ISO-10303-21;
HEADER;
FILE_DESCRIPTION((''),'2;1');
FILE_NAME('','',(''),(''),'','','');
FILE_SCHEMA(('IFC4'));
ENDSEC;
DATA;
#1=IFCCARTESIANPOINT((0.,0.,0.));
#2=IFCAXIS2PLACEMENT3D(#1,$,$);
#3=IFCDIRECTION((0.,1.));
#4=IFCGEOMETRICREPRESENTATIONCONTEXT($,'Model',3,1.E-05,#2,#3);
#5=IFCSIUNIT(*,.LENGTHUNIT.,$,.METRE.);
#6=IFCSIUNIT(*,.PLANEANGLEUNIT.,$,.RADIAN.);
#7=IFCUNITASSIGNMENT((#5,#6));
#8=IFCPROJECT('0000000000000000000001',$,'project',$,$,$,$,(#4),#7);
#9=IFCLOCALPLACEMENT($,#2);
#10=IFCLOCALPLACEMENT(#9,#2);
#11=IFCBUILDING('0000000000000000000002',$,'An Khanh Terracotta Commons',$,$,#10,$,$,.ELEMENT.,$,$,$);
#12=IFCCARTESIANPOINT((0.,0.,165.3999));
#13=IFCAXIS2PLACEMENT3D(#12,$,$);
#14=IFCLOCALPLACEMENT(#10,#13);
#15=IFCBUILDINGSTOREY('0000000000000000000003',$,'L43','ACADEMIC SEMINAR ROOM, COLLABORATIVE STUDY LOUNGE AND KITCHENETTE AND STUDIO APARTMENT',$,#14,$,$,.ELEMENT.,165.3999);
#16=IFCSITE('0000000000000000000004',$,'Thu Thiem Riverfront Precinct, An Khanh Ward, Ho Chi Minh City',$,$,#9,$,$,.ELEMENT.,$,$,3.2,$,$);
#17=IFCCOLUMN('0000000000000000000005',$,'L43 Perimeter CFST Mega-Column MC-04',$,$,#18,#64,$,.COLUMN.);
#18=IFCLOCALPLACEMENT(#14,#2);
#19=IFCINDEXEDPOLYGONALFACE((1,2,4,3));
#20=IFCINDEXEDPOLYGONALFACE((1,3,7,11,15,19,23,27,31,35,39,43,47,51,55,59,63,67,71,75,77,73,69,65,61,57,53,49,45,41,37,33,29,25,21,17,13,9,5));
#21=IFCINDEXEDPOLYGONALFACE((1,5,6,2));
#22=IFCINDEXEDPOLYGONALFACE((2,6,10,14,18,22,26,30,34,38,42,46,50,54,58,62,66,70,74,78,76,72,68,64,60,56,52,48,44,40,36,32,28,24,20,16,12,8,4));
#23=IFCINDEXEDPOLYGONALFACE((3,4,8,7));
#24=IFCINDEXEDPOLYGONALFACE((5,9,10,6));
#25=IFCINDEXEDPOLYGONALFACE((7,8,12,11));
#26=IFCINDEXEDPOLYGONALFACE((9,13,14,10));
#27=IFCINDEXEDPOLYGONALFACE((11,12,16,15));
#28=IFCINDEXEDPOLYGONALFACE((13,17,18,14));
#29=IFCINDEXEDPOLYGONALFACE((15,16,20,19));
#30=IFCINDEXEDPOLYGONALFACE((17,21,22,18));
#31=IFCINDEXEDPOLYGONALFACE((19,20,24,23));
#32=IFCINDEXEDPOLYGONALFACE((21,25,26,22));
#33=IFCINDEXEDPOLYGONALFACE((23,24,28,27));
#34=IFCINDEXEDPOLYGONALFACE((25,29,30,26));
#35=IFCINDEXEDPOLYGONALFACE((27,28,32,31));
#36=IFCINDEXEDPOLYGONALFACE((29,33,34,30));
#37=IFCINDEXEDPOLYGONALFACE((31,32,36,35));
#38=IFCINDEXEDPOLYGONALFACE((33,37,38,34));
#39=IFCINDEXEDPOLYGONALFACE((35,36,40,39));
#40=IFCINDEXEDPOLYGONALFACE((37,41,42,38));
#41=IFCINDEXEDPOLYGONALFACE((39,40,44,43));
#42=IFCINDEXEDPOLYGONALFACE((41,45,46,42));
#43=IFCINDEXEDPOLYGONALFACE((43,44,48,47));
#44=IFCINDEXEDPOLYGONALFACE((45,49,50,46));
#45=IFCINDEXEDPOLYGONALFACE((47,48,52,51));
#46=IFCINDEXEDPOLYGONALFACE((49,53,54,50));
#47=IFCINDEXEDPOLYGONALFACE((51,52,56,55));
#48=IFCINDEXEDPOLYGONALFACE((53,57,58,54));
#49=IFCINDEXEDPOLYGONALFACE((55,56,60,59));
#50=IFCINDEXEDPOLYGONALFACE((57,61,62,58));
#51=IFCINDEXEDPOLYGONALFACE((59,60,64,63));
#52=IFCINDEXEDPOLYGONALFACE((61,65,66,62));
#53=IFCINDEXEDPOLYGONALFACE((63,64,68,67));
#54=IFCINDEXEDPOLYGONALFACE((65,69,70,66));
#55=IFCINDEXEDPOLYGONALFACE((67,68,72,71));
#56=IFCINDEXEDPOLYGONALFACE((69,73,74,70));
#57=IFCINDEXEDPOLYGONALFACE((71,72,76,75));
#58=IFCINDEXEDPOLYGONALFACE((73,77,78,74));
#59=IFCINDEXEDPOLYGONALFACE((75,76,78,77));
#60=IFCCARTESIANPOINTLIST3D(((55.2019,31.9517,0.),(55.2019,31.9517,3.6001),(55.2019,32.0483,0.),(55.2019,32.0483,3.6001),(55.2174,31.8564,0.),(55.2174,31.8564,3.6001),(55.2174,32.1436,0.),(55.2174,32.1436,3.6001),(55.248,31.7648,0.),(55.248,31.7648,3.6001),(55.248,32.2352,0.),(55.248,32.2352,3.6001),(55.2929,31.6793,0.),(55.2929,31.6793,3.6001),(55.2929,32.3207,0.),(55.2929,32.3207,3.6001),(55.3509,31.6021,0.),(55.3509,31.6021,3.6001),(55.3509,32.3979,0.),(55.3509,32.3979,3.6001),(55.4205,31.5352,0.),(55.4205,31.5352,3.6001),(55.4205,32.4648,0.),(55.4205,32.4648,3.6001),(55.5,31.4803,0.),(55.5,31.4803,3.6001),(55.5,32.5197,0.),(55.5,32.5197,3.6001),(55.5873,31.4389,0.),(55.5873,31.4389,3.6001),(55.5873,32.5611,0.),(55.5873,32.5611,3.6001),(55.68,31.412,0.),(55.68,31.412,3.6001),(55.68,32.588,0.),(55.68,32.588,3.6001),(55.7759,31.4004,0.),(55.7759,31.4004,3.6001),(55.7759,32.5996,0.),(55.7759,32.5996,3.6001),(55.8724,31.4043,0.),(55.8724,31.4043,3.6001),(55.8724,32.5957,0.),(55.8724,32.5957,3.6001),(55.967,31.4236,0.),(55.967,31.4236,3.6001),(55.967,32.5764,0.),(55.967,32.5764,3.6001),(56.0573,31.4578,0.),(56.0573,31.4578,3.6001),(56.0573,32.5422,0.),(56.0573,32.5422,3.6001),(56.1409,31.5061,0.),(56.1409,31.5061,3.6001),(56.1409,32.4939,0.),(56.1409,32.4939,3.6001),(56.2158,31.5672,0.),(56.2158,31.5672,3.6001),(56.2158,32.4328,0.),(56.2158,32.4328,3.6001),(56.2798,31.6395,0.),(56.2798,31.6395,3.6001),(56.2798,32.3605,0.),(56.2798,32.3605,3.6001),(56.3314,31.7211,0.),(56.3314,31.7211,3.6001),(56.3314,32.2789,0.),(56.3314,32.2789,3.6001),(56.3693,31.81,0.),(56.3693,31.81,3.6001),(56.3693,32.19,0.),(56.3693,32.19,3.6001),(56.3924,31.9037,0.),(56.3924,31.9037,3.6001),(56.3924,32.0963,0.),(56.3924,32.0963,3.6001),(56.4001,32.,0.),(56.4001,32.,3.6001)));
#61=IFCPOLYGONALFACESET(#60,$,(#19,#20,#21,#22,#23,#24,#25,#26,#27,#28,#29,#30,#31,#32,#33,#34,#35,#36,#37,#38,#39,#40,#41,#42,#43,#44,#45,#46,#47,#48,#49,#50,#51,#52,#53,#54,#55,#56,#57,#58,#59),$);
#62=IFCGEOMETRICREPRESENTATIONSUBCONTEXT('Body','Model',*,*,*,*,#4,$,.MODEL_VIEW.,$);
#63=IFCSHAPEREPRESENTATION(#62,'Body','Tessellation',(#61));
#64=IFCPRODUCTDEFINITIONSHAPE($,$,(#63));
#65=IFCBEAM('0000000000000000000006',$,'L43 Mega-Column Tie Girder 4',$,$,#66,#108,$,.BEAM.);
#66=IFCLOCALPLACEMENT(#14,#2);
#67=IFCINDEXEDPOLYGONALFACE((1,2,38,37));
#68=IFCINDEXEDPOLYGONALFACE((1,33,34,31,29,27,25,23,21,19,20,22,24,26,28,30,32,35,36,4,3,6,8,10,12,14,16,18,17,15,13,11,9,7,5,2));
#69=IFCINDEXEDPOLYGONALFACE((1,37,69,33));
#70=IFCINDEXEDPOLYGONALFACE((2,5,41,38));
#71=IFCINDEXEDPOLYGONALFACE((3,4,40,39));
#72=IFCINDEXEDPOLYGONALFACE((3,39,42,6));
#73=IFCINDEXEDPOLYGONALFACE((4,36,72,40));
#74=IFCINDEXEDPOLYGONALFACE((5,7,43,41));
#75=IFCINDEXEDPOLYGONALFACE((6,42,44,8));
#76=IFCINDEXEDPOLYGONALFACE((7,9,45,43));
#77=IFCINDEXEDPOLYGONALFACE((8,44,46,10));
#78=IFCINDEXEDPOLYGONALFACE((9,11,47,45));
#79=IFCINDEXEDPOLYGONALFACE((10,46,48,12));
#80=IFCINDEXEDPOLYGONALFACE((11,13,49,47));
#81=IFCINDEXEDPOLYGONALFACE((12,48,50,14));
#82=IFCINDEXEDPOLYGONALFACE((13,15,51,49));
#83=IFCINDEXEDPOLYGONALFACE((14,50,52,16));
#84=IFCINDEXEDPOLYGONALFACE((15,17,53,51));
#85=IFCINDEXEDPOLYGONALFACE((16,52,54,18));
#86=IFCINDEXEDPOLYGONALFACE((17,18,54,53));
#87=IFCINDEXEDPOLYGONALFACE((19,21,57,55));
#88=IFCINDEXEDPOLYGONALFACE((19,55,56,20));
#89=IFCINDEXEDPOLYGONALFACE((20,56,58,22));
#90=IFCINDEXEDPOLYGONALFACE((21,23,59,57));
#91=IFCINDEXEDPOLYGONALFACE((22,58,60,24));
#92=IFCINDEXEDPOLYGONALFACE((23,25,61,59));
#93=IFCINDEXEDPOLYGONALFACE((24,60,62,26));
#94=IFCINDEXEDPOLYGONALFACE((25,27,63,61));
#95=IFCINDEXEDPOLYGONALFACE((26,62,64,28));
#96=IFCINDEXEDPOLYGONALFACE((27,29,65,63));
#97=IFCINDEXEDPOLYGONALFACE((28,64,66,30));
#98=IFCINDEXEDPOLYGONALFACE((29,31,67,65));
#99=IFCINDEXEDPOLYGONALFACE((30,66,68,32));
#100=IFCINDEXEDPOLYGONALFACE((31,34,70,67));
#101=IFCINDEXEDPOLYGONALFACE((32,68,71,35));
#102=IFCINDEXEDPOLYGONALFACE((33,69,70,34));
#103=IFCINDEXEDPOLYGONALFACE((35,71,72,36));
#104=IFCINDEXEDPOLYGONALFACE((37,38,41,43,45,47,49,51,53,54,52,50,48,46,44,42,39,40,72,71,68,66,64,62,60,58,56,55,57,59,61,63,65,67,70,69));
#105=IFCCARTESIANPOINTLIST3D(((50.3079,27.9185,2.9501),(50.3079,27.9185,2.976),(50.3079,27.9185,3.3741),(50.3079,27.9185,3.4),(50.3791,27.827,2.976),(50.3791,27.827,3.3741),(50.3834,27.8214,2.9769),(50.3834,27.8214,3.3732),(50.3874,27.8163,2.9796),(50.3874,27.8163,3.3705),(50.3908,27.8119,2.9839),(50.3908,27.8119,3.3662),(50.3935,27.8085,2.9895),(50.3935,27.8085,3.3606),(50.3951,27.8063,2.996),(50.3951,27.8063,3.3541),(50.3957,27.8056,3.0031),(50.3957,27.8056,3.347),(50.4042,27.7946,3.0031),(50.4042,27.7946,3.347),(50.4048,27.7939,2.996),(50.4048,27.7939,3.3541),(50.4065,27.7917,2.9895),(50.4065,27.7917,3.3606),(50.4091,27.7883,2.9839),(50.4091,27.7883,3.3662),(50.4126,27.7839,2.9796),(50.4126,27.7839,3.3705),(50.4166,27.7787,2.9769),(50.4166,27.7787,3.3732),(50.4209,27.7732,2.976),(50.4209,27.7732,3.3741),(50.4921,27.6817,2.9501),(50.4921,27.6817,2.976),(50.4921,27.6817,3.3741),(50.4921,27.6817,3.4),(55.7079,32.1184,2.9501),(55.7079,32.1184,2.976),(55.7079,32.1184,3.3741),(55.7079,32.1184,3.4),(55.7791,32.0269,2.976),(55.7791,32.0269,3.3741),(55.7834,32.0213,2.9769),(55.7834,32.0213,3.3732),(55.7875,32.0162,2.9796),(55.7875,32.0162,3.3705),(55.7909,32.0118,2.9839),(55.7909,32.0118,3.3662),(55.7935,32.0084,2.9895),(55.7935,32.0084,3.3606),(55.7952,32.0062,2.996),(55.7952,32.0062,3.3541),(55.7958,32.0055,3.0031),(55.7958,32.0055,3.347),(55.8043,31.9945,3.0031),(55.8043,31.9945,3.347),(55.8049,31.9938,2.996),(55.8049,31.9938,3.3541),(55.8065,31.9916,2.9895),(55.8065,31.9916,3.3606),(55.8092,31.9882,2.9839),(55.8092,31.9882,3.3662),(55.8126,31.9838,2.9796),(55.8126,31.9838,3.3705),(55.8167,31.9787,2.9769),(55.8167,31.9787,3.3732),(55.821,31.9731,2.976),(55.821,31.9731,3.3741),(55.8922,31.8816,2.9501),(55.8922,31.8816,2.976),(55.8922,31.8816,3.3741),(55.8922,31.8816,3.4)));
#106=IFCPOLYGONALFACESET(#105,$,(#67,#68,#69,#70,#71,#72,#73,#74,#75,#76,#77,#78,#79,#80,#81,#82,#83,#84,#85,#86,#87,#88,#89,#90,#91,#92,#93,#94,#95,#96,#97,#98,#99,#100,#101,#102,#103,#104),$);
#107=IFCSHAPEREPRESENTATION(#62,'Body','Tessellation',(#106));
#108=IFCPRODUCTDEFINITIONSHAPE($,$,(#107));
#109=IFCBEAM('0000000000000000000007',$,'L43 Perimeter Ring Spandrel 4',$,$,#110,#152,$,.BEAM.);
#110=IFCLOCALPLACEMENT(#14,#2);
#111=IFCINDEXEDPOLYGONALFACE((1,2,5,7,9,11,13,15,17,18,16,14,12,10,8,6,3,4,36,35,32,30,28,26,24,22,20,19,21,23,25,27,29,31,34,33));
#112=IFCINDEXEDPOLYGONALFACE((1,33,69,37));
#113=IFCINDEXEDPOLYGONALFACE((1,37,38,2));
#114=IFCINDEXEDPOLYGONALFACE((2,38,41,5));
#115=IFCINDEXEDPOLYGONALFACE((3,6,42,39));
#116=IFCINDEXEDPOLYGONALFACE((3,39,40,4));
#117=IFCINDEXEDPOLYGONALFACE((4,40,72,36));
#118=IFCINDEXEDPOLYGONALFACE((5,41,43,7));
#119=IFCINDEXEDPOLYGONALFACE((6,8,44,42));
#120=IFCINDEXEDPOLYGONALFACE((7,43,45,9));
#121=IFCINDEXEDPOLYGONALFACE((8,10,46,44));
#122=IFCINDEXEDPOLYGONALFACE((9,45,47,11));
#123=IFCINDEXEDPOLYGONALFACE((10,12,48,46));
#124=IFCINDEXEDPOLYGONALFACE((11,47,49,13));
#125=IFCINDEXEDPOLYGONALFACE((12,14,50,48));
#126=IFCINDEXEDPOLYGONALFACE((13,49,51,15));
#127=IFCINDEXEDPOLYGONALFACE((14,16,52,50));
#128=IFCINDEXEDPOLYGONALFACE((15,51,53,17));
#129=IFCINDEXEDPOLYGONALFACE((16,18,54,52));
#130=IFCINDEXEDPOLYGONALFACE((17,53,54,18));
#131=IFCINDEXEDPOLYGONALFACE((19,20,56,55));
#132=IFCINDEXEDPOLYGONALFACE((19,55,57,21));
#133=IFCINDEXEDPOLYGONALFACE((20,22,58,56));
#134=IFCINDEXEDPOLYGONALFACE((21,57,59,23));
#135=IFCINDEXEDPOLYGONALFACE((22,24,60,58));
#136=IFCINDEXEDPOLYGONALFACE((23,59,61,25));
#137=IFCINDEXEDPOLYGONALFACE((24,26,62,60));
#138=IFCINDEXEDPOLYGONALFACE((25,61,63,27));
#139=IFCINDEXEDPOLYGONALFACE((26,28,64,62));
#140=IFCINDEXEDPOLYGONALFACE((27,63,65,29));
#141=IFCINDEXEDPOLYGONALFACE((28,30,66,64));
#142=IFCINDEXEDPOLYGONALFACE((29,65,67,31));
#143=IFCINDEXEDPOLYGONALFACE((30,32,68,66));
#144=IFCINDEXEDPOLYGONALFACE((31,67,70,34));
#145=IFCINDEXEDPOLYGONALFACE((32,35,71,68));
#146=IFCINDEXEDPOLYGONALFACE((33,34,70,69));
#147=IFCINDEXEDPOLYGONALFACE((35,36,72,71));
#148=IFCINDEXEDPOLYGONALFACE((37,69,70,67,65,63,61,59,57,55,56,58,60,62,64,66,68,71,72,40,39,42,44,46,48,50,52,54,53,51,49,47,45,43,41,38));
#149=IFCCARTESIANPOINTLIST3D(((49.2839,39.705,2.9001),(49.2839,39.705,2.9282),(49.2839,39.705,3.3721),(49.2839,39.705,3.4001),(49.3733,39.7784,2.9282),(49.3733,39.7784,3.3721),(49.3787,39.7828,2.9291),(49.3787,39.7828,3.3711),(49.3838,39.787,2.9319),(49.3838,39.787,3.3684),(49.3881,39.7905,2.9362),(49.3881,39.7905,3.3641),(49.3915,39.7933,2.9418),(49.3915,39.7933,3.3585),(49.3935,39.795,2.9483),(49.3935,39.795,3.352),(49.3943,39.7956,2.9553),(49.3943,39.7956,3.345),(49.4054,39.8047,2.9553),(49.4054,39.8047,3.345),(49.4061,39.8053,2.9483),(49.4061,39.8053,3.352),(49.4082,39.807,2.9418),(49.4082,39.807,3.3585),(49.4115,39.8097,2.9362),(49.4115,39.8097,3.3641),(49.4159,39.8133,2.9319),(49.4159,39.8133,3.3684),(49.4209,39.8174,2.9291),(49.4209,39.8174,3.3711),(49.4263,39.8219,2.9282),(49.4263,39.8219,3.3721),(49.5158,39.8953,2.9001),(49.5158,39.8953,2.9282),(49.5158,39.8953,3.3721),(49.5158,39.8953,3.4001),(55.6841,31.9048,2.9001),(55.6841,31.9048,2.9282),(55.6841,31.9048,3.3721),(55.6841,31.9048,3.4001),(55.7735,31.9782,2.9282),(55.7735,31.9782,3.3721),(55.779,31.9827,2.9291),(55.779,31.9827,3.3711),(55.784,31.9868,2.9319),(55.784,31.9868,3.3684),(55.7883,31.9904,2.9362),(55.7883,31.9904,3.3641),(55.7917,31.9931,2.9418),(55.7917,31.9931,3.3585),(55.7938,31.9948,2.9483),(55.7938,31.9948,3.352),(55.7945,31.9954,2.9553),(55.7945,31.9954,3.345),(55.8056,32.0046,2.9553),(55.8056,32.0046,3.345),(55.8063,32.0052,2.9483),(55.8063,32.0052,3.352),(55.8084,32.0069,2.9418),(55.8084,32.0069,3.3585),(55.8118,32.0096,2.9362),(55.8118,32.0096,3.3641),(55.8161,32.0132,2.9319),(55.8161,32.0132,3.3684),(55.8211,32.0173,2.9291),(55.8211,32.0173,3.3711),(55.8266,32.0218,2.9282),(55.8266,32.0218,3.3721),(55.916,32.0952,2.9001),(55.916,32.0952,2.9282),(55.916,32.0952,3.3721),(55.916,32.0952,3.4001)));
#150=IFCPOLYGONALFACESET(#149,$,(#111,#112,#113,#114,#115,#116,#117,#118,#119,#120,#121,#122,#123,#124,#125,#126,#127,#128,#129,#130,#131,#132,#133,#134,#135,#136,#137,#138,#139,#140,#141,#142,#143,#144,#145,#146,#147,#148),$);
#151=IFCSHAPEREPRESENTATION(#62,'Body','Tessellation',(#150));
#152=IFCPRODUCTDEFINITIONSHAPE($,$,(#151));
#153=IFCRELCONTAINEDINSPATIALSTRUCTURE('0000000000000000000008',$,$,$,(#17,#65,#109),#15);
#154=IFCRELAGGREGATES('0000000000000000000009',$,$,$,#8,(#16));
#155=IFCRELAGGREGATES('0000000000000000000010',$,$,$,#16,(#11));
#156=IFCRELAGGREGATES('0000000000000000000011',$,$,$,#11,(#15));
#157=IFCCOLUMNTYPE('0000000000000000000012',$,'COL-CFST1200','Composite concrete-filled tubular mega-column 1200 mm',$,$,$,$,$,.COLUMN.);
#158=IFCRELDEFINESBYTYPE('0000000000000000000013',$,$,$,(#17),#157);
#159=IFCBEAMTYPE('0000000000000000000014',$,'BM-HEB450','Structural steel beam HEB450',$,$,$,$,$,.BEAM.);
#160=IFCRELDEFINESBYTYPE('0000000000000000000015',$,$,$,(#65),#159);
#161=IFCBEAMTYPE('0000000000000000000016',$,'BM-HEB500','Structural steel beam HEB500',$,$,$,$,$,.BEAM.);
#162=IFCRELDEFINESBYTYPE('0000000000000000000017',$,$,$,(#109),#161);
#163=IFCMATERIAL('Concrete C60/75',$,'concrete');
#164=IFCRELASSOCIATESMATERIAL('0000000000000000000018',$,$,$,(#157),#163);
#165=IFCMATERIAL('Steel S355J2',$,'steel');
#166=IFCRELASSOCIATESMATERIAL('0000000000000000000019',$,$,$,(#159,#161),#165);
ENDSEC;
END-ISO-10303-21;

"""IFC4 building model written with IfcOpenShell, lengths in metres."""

from ifc_helpers import new_model, si_unit, direction, frame, origin, origin_2d, place, context, subcontext, project, spatial, circle, i_section, extrude, material, material_profile, profile_set, type_object, element, save


model = new_model("IFC4")

# Units and contexts
model_context = context("Model", 3, precision=1e-05, world=origin(), true_north=direction((0.0, 1.0)))
body_context = subcontext(model_context, "Body", "Model", "MODEL_VIEW")
ifc_project = project(units=[si_unit("LENGTHUNIT", "METRE"), si_unit("PLANEANGLEUNIT", "RADIAN")], contexts=[model_context])

# Site, building, storey
site_placement = place(None, origin())
site = spatial("IfcSite", under=ifc_project, at=site_placement, Name="Thu Thiem Riverfront Precinct, An Khanh Ward, Ho Chi Minh City", CompositionType="ELEMENT", RefElevation=3.2)
building_placement = place(site_placement, origin())
building = spatial("IfcBuilding", under=site, at=building_placement, Name="An Khanh Terracotta Commons", CompositionType="ELEMENT")
storey_placement = place(building_placement, frame((0.0, 0.0, 165.3999)))
storey = spatial("IfcBuildingStorey", under=building, at=storey_placement, Name="L43", Description="ACADEMIC SEMINAR ROOM, COLLABORATIVE STUDY LOUNGE AND KITCHENETTE AND STUDIO APARTMENT", CompositionType="ELEMENT", Elevation=165.3999)

# Column
ifc_material_1 = material(Name="Concrete C60/75", Category="concrete")
ifc_material_profile_1 = material_profile(ifc_material_1, circle(Radius=0.6001, at=origin_2d()), Name="CFST1200")
ifc_profile_set_1 = profile_set([ifc_material_profile_1], Name="Concrete C60/75")
column_type = type_object("IfcColumnType", Name="COL-CFST1200", Description="Composite concrete-filled tubular mega-column 1200 mm", PredefinedType="COLUMN", material=ifc_profile_set_1)
column_placement = place(storey_placement, frame((55.8, 32.0, 0.0), z_axis=(0.0, 0.0, 1.0), x_axis=(1.0, 0.0, 0.0)))
element("IfcColumn", 1, at=column_placement, inside=storey, type_object=column_type, Name="L43 Perimeter CFST Mega-Column MC-04", PredefinedType="COLUMN", context=body_context, shape_type="SweptSolid", body=[
    extrude(circle(Radius=0.6001, at=origin_2d()), origin(), (0.0, 0.0, 1.0), 3.6001),
])

# Beams
ifc_material_2 = material(Name="Steel S355J2", Category="steel")
ifc_material_profile_2 = material_profile(ifc_material_2, i_section(OverallWidth=0.3, OverallDepth=0.45, WebThickness=0.0139, FlangeThickness=0.0259, FilletRadius=0.0271, at=origin_2d()), Name="HEB450")
ifc_profile_set_2 = profile_set([ifc_material_profile_2], Name="Steel S355J2")
beam_type_1 = type_object("IfcBeamType", Name="BM-HEB450", Description="Structural steel beam HEB450", PredefinedType="BEAM", material=ifc_profile_set_2)
beam_1_placement = place(storey_placement, frame((55.8, 32.0, 3.175), z_axis=(-0.789364, -0.613926, 0.0), x_axis=(0.613926, -0.789364, 0.0)))
element("IfcBeam", 2, at=beam_1_placement, inside=storey, type_object=beam_type_1, Name="L43 Mega-Column Tie Girder 4", PredefinedType="BEAM", context=body_context, shape_type="SweptSolid", body=[
    extrude(i_section(OverallWidth=0.3, OverallDepth=0.45, WebThickness=0.0139, FlangeThickness=0.0259, FilletRadius=0.0271, at=origin_2d()), origin(), (0.0, 0.0, 1.0), 6.8411),
])
ifc_material_profile_3 = material_profile(ifc_material_2, i_section(OverallWidth=0.3, OverallDepth=0.5, WebThickness=0.0144, FlangeThickness=0.0281, FilletRadius=0.0271, at=origin_2d()), Name="HEB500")
ifc_profile_set_3 = profile_set([ifc_material_profile_3], Name="Steel S355J2")
beam_type_2 = type_object("IfcBeamType", Name="BM-HEB500", Description="Structural steel beam HEB500", PredefinedType="BEAM", material=ifc_profile_set_3)
beam_2_placement = place(storey_placement, frame((55.8, 32.0, 3.1501), z_axis=(-0.634323, 0.773068, 0.0), x_axis=(-0.773068, -0.634323, 0.0)))
element("IfcBeam", 3, at=beam_2_placement, inside=storey, type_object=beam_type_2, Name="L43 Perimeter Ring Spandrel 4", PredefinedType="BEAM", context=body_context, shape_type="SweptSolid", body=[
    extrude(i_section(OverallWidth=0.3, OverallDepth=0.5, WebThickness=0.0144, FlangeThickness=0.0281, FilletRadius=0.0271, at=origin_2d()), origin(), (0.0, 0.0, 1.0), 10.0898),
])

save(model, "model.ifc")
